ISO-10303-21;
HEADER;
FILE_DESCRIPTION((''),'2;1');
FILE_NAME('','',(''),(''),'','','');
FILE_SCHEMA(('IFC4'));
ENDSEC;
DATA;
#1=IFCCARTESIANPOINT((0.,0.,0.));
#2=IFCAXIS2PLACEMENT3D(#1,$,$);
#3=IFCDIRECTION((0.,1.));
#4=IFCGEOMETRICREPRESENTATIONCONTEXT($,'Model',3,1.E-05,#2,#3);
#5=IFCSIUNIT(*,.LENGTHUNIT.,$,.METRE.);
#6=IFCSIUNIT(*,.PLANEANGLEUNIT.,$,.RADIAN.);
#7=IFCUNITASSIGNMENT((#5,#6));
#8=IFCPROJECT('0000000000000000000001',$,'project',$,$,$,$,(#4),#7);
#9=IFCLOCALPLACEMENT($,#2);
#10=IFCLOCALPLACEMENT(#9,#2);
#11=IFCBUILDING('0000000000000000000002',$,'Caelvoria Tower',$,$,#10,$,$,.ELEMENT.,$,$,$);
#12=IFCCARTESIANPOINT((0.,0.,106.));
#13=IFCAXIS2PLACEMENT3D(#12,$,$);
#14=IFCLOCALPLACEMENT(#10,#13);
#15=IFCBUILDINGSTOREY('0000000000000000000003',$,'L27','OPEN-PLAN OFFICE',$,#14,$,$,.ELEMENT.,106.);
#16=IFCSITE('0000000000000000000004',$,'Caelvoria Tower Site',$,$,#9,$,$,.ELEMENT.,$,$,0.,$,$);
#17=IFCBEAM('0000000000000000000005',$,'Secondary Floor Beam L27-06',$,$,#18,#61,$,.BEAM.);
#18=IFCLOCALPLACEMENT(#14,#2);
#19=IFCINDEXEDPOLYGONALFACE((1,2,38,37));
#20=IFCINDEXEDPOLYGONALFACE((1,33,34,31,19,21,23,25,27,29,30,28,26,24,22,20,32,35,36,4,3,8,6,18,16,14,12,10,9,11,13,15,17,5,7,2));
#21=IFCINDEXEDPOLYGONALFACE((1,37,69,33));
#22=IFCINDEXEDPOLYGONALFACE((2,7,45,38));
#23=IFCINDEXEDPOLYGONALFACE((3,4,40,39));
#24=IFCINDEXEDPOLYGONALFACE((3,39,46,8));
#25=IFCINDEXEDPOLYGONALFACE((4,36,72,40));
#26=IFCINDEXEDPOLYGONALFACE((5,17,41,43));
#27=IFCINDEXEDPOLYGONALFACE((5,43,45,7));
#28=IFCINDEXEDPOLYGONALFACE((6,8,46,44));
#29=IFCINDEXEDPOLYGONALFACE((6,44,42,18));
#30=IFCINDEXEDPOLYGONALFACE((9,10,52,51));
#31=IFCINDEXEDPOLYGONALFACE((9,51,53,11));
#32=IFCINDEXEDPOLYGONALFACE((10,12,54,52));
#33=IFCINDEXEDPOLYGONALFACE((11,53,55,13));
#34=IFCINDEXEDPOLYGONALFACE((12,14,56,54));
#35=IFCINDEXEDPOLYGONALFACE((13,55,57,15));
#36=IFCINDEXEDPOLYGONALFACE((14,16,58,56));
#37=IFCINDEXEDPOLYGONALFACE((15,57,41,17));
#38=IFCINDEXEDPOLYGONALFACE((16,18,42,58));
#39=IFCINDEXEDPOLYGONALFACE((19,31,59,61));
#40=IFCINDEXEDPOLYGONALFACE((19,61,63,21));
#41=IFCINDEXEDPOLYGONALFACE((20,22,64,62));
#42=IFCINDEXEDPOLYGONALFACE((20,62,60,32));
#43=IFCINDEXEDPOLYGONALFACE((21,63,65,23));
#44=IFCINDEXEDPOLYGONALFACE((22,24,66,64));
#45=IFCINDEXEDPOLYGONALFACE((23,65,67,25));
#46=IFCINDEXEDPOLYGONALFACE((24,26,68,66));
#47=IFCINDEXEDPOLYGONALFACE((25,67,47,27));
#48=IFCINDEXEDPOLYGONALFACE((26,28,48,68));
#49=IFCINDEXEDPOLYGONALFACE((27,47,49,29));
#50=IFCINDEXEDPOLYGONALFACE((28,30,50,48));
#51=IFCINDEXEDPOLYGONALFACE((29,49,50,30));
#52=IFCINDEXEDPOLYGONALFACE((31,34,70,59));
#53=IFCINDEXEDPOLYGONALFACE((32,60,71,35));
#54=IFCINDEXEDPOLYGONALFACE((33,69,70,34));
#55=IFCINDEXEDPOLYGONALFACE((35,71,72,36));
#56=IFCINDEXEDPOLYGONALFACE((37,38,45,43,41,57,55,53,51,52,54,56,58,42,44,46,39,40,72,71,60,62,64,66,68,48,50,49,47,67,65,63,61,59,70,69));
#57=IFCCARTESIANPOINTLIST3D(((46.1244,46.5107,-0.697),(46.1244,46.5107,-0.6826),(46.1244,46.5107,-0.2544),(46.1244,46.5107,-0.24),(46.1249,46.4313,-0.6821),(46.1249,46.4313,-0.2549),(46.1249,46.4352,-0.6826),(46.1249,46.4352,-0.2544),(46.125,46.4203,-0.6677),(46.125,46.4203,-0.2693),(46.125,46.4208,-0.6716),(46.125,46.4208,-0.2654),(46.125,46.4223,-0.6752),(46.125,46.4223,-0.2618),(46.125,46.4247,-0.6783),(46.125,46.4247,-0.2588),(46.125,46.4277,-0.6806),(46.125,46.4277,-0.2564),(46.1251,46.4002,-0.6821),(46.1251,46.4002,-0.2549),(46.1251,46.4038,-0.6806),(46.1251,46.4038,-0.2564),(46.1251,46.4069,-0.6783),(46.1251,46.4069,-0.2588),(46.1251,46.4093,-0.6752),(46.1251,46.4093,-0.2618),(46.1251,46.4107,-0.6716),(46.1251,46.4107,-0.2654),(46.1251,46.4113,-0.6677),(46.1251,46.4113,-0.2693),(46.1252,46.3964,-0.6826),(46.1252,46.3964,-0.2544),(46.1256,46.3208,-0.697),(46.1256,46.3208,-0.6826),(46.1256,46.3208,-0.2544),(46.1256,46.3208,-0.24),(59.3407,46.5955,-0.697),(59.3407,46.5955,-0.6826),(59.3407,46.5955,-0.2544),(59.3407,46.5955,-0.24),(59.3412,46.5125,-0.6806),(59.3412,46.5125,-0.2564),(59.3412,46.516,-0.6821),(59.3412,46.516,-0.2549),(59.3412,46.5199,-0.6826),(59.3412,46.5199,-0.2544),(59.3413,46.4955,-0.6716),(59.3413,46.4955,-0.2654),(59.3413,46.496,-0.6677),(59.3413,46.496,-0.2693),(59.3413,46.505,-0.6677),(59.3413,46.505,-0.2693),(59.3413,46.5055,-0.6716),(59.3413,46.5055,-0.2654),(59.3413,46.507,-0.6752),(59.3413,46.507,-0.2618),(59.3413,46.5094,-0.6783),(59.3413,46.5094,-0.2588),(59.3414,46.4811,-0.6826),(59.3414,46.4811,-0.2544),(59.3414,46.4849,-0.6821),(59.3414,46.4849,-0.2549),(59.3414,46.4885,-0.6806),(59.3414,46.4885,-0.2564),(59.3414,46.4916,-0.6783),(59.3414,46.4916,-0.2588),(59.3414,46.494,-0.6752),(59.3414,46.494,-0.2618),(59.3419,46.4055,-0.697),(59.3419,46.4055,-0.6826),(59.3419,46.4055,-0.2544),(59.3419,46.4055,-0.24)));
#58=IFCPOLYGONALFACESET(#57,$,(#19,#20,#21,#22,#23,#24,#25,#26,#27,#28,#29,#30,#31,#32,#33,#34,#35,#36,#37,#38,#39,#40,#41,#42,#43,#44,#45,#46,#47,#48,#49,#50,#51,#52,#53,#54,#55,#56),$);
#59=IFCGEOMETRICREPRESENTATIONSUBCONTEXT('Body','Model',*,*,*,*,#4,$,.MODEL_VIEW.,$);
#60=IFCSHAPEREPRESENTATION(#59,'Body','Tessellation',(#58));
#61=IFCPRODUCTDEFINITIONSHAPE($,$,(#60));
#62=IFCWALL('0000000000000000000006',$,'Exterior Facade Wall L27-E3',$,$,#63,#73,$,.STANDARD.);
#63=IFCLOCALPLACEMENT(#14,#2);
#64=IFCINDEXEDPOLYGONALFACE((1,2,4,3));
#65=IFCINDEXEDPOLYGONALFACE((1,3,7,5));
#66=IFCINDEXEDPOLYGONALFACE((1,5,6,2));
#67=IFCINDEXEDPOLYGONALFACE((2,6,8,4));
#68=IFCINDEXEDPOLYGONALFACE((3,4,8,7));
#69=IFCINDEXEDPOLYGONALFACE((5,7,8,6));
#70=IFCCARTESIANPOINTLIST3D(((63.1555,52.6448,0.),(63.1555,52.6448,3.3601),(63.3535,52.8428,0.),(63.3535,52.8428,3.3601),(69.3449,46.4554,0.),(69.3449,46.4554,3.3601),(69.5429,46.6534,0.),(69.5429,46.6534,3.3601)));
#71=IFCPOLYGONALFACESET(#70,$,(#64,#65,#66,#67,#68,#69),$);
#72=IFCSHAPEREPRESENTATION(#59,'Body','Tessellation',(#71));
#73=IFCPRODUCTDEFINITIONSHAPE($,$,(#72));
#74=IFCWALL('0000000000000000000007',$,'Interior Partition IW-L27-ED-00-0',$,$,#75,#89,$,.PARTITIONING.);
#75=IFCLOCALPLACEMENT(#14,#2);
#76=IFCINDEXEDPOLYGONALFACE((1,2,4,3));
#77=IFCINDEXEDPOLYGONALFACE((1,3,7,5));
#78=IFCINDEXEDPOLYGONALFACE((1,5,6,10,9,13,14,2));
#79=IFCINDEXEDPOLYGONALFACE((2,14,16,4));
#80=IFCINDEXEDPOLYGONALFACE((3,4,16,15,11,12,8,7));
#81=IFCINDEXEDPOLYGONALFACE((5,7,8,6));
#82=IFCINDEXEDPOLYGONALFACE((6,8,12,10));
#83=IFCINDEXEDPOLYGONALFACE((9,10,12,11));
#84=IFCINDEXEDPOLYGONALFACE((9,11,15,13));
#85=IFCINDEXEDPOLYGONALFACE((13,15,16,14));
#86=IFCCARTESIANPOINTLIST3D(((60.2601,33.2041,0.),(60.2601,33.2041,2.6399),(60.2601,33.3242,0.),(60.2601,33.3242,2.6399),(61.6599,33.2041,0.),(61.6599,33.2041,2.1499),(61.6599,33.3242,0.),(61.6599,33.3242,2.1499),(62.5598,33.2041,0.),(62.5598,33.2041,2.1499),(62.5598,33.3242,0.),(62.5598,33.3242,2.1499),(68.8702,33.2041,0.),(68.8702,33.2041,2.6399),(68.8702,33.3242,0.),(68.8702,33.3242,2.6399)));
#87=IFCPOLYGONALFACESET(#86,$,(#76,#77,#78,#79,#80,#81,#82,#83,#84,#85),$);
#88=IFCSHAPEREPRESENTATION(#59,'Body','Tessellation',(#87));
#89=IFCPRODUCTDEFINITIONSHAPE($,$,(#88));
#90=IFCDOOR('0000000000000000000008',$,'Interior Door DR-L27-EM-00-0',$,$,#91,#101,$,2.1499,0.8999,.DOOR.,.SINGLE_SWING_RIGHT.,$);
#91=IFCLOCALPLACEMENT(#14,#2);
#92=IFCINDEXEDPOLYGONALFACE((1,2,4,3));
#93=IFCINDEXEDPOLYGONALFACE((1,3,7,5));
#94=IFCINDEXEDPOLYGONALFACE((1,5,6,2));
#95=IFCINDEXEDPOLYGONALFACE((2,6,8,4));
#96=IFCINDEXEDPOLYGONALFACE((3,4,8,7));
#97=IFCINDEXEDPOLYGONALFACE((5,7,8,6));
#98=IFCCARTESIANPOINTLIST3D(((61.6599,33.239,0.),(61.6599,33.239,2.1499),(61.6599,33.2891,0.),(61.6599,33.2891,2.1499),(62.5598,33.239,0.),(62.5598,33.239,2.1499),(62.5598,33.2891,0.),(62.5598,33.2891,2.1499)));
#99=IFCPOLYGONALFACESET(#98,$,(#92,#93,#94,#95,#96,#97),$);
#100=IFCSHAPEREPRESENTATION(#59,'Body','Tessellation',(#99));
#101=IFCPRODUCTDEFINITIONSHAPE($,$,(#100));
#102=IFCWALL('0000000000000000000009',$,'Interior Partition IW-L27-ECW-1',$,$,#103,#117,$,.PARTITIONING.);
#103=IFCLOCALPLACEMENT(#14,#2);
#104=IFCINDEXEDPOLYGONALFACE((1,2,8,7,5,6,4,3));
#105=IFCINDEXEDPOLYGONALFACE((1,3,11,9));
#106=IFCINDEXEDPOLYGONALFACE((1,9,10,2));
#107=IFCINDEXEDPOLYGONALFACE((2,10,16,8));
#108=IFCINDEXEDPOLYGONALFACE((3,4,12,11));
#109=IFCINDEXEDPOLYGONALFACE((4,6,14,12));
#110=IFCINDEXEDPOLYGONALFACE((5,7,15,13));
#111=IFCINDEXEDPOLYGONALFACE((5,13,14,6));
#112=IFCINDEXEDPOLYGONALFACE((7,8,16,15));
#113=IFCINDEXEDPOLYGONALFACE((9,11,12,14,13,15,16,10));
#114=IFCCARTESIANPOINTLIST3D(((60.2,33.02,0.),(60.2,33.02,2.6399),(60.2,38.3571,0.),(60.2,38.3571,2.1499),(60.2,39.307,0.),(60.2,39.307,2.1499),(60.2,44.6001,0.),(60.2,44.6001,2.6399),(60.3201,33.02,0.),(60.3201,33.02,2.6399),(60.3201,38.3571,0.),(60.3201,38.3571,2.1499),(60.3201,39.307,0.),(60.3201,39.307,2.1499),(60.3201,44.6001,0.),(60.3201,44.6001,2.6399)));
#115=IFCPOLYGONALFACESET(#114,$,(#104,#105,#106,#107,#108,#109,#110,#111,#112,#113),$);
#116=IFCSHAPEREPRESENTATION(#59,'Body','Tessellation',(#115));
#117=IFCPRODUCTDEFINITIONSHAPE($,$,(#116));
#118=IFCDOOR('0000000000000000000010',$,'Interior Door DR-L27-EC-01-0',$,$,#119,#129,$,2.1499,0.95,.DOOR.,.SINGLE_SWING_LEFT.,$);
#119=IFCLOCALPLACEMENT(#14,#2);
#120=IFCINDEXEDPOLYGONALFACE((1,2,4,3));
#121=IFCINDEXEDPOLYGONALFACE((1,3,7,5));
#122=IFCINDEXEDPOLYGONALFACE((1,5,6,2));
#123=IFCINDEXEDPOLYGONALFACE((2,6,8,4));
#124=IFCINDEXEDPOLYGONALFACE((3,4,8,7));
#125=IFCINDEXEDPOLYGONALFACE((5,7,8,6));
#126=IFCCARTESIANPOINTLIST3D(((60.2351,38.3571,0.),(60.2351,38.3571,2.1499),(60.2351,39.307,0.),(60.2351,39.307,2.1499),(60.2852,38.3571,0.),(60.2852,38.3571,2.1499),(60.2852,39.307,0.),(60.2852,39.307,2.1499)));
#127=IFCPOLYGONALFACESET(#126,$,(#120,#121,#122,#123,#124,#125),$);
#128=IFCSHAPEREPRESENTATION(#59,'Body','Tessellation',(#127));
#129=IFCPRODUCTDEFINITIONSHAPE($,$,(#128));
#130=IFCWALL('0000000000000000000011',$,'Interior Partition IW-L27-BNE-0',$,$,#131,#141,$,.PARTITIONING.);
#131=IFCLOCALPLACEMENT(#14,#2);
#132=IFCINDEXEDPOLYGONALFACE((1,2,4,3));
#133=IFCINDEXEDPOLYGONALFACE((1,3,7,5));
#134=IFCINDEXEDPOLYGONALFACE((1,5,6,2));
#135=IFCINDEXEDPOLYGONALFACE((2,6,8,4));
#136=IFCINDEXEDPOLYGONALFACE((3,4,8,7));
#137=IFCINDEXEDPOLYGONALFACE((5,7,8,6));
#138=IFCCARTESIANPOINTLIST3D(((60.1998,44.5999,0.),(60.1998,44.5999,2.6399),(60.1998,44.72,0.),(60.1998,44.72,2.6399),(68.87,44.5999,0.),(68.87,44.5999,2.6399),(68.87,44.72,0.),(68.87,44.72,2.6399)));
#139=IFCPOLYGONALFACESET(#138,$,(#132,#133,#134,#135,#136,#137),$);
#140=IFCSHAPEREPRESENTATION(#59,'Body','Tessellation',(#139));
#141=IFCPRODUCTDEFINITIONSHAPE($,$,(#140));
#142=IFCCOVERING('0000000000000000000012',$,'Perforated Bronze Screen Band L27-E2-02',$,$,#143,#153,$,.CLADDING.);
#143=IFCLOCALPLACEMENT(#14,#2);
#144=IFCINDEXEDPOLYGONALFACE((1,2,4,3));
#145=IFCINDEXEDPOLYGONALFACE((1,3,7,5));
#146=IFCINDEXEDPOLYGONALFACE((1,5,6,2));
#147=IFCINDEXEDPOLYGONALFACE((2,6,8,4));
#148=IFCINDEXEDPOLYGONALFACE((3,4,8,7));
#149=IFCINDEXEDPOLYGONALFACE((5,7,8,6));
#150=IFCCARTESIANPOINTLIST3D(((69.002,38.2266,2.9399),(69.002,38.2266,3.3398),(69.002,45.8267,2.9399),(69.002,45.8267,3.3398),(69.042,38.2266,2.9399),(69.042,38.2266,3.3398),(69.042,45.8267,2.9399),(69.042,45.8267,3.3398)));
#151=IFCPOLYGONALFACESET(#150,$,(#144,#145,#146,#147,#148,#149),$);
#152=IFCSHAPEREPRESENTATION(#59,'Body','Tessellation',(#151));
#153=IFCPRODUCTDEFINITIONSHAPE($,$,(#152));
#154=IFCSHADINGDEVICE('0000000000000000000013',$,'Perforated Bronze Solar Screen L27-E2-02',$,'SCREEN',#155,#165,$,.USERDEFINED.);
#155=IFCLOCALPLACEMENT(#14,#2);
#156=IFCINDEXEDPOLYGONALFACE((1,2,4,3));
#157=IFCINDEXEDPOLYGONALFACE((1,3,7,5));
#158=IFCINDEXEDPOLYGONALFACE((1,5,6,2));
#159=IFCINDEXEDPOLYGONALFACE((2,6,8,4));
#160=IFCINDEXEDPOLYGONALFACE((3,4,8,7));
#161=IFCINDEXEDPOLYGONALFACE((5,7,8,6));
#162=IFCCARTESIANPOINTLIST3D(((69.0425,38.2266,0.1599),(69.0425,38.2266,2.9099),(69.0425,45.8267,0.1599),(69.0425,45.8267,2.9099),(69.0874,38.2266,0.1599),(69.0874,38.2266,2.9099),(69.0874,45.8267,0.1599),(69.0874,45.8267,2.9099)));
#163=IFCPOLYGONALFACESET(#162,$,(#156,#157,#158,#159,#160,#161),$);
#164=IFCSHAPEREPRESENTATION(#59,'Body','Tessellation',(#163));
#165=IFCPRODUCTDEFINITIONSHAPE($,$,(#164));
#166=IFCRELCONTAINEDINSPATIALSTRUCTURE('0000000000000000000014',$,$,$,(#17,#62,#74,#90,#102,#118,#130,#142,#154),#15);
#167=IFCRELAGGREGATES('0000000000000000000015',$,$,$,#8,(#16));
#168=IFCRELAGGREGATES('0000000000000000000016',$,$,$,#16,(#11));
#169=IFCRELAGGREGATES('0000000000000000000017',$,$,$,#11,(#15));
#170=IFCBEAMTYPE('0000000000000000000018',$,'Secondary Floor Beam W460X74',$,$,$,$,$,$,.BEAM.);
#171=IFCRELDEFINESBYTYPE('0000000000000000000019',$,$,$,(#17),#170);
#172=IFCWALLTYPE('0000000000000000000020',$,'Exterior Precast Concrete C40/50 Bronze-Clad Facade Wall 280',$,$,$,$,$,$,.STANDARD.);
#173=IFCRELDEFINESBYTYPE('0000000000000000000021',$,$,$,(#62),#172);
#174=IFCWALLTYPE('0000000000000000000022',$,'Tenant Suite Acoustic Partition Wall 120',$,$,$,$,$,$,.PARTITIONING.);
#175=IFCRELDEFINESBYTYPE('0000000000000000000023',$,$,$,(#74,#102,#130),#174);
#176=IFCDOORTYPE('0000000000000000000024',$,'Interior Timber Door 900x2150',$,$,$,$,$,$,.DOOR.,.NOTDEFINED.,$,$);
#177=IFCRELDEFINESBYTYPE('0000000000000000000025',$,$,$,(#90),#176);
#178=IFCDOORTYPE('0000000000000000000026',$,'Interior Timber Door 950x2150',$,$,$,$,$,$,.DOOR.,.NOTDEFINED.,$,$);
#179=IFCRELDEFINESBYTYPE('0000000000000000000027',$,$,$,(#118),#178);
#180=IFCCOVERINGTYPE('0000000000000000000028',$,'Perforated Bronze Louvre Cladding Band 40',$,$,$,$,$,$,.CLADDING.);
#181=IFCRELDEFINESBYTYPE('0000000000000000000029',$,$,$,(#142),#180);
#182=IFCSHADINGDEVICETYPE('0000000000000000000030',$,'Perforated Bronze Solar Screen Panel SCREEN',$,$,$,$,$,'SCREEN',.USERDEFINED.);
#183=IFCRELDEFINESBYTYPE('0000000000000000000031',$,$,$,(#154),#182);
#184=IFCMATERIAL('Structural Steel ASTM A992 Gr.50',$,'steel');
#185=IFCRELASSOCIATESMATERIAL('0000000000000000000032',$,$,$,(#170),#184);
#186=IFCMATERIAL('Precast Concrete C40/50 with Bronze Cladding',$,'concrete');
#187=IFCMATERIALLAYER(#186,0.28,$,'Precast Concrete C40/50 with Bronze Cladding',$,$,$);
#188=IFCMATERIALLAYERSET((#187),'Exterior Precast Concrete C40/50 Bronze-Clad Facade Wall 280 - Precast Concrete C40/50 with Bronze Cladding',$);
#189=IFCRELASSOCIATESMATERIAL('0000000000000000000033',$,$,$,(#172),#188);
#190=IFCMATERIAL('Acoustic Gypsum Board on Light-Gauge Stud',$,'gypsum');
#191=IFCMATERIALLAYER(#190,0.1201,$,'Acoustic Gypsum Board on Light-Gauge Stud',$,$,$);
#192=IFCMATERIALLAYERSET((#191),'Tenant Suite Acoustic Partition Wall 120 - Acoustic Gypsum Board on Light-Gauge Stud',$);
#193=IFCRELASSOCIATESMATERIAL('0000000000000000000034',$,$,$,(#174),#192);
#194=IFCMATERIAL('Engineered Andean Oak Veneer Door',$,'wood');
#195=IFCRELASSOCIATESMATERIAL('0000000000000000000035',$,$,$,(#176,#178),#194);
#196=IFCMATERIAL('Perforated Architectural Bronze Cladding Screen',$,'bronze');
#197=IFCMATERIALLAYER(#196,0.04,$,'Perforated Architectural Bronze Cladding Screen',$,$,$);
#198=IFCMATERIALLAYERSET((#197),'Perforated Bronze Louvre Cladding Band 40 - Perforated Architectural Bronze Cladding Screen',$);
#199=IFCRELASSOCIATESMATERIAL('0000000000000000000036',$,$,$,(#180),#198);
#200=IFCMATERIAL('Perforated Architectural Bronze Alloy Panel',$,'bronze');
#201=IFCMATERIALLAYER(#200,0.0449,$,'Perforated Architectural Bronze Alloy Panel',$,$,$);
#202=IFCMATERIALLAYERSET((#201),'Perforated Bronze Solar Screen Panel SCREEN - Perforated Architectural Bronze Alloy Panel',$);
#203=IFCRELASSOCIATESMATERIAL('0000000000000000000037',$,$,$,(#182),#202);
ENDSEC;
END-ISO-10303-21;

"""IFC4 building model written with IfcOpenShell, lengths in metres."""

from ifc_helpers import new_model, si_unit, direction, frame, frame_2d, origin, origin_2d, place, context, subcontext, project, spatial, rectangle, i_section, extrude, material, layer, layer_set, material_profile, profile_set, type_object, element, fill, save


model = new_model("IFC4")

# Units and contexts
model_context = context("Model", 3, precision=1e-05, world=origin(), true_north=direction((0.0, 1.0)))
body_context = subcontext(model_context, "Body", "Model", "MODEL_VIEW")
ifc_project = project(units=[si_unit("LENGTHUNIT", "METRE"), si_unit("PLANEANGLEUNIT", "RADIAN")], contexts=[model_context])

# Site, building, storey
site_placement = place(None, origin())
site = spatial("IfcSite", under=ifc_project, at=site_placement, Name="Caelvoria Tower Site", CompositionType="ELEMENT", RefElevation=0.0)
building_placement = place(site_placement, origin())
building = spatial("IfcBuilding", under=site, at=building_placement, Name="Caelvoria Tower", CompositionType="ELEMENT")
storey_placement = place(building_placement, frame((0.0, 0.0, 106.0)))
storey = spatial("IfcBuildingStorey", under=building, at=storey_placement, Name="L27", Description="OPEN-PLAN OFFICE", CompositionType="ELEMENT", Elevation=106.0)

# Beam
ifc_material_1 = material(Name="Structural Steel ASTM A992 Gr.50", Category="steel")
ifc_material_profile_1 = material_profile(ifc_material_1, i_section(OverallWidth=0.1899, OverallDepth=0.457, WebThickness=0.009, FlangeThickness=0.0144, FilletRadius=0.0149, at=origin_2d()), Name="Structural Steel ASTM A992 Gr.50")
ifc_profile_set_1 = profile_set([ifc_material_profile_1], Name="W460X74 - Structural Steel ASTM A992 Gr.50")
beam_type_1 = type_object("IfcBeamType", Name="Secondary Floor Beam W460X74", PredefinedType="BEAM", material=ifc_profile_set_1)
beam_1_placement = place(storey_placement, frame((59.3413, 46.5005, -0.4685), z_axis=(-0.999979, -0.00641, 0.0), x_axis=(0.00641, -0.999979, 0.0)))
element("IfcBeam", 1, at=beam_1_placement, inside=storey, type_object=beam_type_1, Name="Secondary Floor Beam L27-06", PredefinedType="BEAM", context=body_context, shape_type="SweptSolid", body=[
    extrude(i_section(OverallWidth=0.1899, OverallDepth=0.457, WebThickness=0.009, FlangeThickness=0.0144, FilletRadius=0.0149, at=origin_2d()), origin(), (0.0, 0.0, 1.0), 13.2166),
])

# Wall
ifc_material_2 = material(Name="Precast Concrete C40/50 with Bronze Cladding", Category="concrete")
ifc_layer_1 = layer(ifc_material_2, 0.28, Name="Precast Concrete C40/50 with Bronze Cladding")
ifc_layer_set_1 = layer_set([ifc_layer_1], Name="Exterior Precast Concrete C40/50 Bronze-Clad Facade Wall 280 - Precast Concrete C40/50 with Bronze Cladding")
wall_type_1 = type_object("IfcWallType", Name="Exterior Precast Concrete C40/50 Bronze-Clad Facade Wall 280", PredefinedType="STANDARD", material=ifc_layer_set_1)
wall_1_placement = place(storey_placement, frame((69.4438, 46.5544, 0.0), z_axis=(0.0, 0.0, 1.0), x_axis=(-0.707107, 0.707107, 0.0)))
element("IfcWall", 2, at=wall_1_placement, inside=storey, type_object=wall_type_1, Name="Exterior Facade Wall L27-E3", PredefinedType="STANDARD", context=body_context, shape_type="SweptSolid", body=[
    extrude(rectangle(XDim=8.7532, YDim=0.28, at=frame_2d((4.3765, 0.0))), origin(), (0.0, 0.0, 1.0), 3.3601),
])

# Walls, openings, doors
ifc_material_3 = material(Name="Acoustic Gypsum Board on Light-Gauge Stud", Category="gypsum")
ifc_layer_2 = layer(ifc_material_3, 0.1201, Name="Acoustic Gypsum Board on Light-Gauge Stud")
ifc_layer_set_2 = layer_set([ifc_layer_2], Name="Tenant Suite Acoustic Partition Wall 120 - Acoustic Gypsum Board on Light-Gauge Stud")
wall_type_2 = type_object("IfcWallType", Name="Tenant Suite Acoustic Partition Wall 120", PredefinedType="PARTITIONING", material=ifc_layer_set_2)
wall_2_placement = place(storey_placement, frame((60.26, 33.2642, 0.0), z_axis=(0.0, 0.0, 1.0), x_axis=(1.0, 0.0, 0.0)))
wall_2 = element("IfcWall", 3, at=wall_2_placement, inside=storey, type_object=wall_type_2, Name="Interior Partition IW-L27-ED-00-0", PredefinedType="PARTITIONING", context=body_context, shape_type="SweptSolid", body=[
    extrude(rectangle(XDim=8.6101, YDim=0.1201, at=frame_2d((4.3052, 0.0))), origin(), (0.0, 0.0, 1.0), 2.6399),
])
opening_1_placement = place(wall_2_placement, frame((1.3999, 0.0, 0.0)))
opening_1 = element("IfcOpeningElement", 4, at=opening_1_placement, cuts=wall_2, PredefinedType="OPENING", context=body_context, shape_type="SweptSolid", body=[
    extrude(rectangle(XDim=0.8999, YDim=2.1499, at=frame_2d((0.45, 1.075))), frame((0.0, 0.0701, 0.0), z_axis=(0.0, -1.0, 0.0), x_axis=(1.0, 0.0, 0.0)), (0.0, 0.0, 1.0), 0.1401),
])
ifc_material_4 = material(Name="Engineered Andean Oak Veneer Door", Category="wood")
door_type_1 = type_object("IfcDoorType", Name="Interior Timber Door 900x2150", OperationType="NOTDEFINED", PredefinedType="DOOR", material=ifc_material_4)
door_1_placement = place(opening_1_placement, origin())
door_1 = element("IfcDoor", 5, at=door_1_placement, inside=storey, type_object=door_type_1, Name="Interior Door DR-L27-EM-00-0", OperationType="SINGLE_SWING_RIGHT", OverallHeight=2.1499, OverallWidth=0.8999, PredefinedType="DOOR", context=body_context, shape_type="SweptSolid", body=[
    extrude(rectangle(XDim=0.8999, YDim=2.1499, at=frame_2d((0.45, 1.075))), frame((0.0, 0.0249, 0.0), z_axis=(0.0, -1.0, 0.0), x_axis=(1.0, 0.0, 0.0)), (0.0, 0.0, 1.0), 0.05),
])
fill(opening_1, door_1)
wall_3_placement = place(storey_placement, frame((60.26, 33.02, 0.0), z_axis=(0.0, 0.0, 1.0), x_axis=(0.0, 1.0, 0.0)))
wall_3 = element("IfcWall", 6, at=wall_3_placement, inside=storey, type_object=wall_type_2, Name="Interior Partition IW-L27-ECW-1", PredefinedType="PARTITIONING", context=body_context, shape_type="SweptSolid", body=[
    extrude(rectangle(XDim=11.5801, YDim=0.1201, at=frame_2d((5.79, 0.0))), origin(), (0.0, 0.0, 1.0), 2.6399),
])
opening_2_placement = place(wall_3_placement, frame((5.3369, 0.0, 0.0)))
opening_2 = element("IfcOpeningElement", 7, at=opening_2_placement, cuts=wall_3, PredefinedType="OPENING", context=body_context, shape_type="SweptSolid", body=[
    extrude(rectangle(XDim=0.95, YDim=2.1499, at=frame_2d((0.4751, 1.075))), frame((0.0, 0.0701, 0.0), z_axis=(0.0, -1.0, 0.0), x_axis=(1.0, 0.0, 0.0)), (0.0, 0.0, 1.0), 0.1401),
])
door_type_2 = type_object("IfcDoorType", Name="Interior Timber Door 950x2150", OperationType="NOTDEFINED", PredefinedType="DOOR", material=ifc_material_4)
door_2_placement = place(opening_2_placement, origin())
door_2 = element("IfcDoor", 8, at=door_2_placement, inside=storey, type_object=door_type_2, Name="Interior Door DR-L27-EC-01-0", OperationType="SINGLE_SWING_LEFT", OverallHeight=2.1499, OverallWidth=0.95, PredefinedType="DOOR", context=body_context, shape_type="SweptSolid", body=[
    extrude(rectangle(XDim=0.95, YDim=2.1499, at=frame_2d((0.4751, 1.075))), frame((0.0, 0.0249, 0.0), z_axis=(0.0, -1.0, 0.0), x_axis=(1.0, 0.0, 0.0)), (0.0, 0.0, 1.0), 0.05),
])
fill(opening_2, door_2)

# Wall
wall_4_placement = place(storey_placement, frame((60.2, 44.6599, 0.0), z_axis=(0.0, 0.0, 1.0), x_axis=(1.0, 0.0, 0.0)))
element("IfcWall", 9, at=wall_4_placement, inside=storey, type_object=wall_type_2, Name="Interior Partition IW-L27-BNE-0", PredefinedType="PARTITIONING", context=body_context, shape_type="SweptSolid", body=[
    extrude(rectangle(XDim=8.6702, YDim=0.1201, at=frame_2d((4.335, 0.0))), origin(), (0.0, 0.0, 1.0), 2.6399),
])

# Covering
ifc_material_5 = material(Name="Perforated Architectural Bronze Cladding Screen", Category="bronze")
ifc_layer_3 = layer(ifc_material_5, 0.04, Name="Perforated Architectural Bronze Cladding Screen")
ifc_layer_set_3 = layer_set([ifc_layer_3], Name="Perforated Bronze Louvre Cladding Band 40 - Perforated Architectural Bronze Cladding Screen")
covering_type = type_object("IfcCoveringType", Name="Perforated Bronze Louvre Cladding Band 40", PredefinedType="CLADDING", material=ifc_layer_set_3)
covering_placement = place(storey_placement, frame((69.022, 42.0266, 2.9399), z_axis=(0.0, 0.0, 1.0), x_axis=(0.0, 1.0, 0.0)))
element("IfcCovering", 10, at=covering_placement, inside=storey, type_object=covering_type, Name="Perforated Bronze Screen Band L27-E2-02", PredefinedType="CLADDING", context=body_context, shape_type="SweptSolid", body=[
    extrude(rectangle(XDim=7.6001, YDim=0.04, at=origin_2d()), origin(), (0.0, 0.0, 1.0), 0.3999),
])

# Shading device
ifc_material_6 = material(Name="Perforated Architectural Bronze Alloy Panel", Category="bronze")
ifc_layer_4 = layer(ifc_material_6, 0.0449, Name="Perforated Architectural Bronze Alloy Panel")
ifc_layer_set_4 = layer_set([ifc_layer_4], Name="Perforated Bronze Solar Screen Panel SCREEN - Perforated Architectural Bronze Alloy Panel")
shading_device_type = type_object("IfcShadingDeviceType", Name="Perforated Bronze Solar Screen Panel SCREEN", ElementType="SCREEN", PredefinedType="USERDEFINED", material=ifc_layer_set_4)
shading_device_placement = place(storey_placement, frame((69.0649, 42.0266, 0.1599), z_axis=(0.0, 0.0, 1.0), x_axis=(0.0, 1.0, 0.0)))
element("IfcShadingDevice", 11, at=shading_device_placement, inside=storey, type_object=shading_device_type, Name="Perforated Bronze Solar Screen L27-E2-02", ObjectType="SCREEN", PredefinedType="USERDEFINED", context=body_context, shape_type="SweptSolid", body=[
    extrude(rectangle(XDim=7.6001, YDim=0.0449, at=origin_2d()), origin(), (0.0, 0.0, 1.0), 2.75),
])

save(model, "model.ifc")
